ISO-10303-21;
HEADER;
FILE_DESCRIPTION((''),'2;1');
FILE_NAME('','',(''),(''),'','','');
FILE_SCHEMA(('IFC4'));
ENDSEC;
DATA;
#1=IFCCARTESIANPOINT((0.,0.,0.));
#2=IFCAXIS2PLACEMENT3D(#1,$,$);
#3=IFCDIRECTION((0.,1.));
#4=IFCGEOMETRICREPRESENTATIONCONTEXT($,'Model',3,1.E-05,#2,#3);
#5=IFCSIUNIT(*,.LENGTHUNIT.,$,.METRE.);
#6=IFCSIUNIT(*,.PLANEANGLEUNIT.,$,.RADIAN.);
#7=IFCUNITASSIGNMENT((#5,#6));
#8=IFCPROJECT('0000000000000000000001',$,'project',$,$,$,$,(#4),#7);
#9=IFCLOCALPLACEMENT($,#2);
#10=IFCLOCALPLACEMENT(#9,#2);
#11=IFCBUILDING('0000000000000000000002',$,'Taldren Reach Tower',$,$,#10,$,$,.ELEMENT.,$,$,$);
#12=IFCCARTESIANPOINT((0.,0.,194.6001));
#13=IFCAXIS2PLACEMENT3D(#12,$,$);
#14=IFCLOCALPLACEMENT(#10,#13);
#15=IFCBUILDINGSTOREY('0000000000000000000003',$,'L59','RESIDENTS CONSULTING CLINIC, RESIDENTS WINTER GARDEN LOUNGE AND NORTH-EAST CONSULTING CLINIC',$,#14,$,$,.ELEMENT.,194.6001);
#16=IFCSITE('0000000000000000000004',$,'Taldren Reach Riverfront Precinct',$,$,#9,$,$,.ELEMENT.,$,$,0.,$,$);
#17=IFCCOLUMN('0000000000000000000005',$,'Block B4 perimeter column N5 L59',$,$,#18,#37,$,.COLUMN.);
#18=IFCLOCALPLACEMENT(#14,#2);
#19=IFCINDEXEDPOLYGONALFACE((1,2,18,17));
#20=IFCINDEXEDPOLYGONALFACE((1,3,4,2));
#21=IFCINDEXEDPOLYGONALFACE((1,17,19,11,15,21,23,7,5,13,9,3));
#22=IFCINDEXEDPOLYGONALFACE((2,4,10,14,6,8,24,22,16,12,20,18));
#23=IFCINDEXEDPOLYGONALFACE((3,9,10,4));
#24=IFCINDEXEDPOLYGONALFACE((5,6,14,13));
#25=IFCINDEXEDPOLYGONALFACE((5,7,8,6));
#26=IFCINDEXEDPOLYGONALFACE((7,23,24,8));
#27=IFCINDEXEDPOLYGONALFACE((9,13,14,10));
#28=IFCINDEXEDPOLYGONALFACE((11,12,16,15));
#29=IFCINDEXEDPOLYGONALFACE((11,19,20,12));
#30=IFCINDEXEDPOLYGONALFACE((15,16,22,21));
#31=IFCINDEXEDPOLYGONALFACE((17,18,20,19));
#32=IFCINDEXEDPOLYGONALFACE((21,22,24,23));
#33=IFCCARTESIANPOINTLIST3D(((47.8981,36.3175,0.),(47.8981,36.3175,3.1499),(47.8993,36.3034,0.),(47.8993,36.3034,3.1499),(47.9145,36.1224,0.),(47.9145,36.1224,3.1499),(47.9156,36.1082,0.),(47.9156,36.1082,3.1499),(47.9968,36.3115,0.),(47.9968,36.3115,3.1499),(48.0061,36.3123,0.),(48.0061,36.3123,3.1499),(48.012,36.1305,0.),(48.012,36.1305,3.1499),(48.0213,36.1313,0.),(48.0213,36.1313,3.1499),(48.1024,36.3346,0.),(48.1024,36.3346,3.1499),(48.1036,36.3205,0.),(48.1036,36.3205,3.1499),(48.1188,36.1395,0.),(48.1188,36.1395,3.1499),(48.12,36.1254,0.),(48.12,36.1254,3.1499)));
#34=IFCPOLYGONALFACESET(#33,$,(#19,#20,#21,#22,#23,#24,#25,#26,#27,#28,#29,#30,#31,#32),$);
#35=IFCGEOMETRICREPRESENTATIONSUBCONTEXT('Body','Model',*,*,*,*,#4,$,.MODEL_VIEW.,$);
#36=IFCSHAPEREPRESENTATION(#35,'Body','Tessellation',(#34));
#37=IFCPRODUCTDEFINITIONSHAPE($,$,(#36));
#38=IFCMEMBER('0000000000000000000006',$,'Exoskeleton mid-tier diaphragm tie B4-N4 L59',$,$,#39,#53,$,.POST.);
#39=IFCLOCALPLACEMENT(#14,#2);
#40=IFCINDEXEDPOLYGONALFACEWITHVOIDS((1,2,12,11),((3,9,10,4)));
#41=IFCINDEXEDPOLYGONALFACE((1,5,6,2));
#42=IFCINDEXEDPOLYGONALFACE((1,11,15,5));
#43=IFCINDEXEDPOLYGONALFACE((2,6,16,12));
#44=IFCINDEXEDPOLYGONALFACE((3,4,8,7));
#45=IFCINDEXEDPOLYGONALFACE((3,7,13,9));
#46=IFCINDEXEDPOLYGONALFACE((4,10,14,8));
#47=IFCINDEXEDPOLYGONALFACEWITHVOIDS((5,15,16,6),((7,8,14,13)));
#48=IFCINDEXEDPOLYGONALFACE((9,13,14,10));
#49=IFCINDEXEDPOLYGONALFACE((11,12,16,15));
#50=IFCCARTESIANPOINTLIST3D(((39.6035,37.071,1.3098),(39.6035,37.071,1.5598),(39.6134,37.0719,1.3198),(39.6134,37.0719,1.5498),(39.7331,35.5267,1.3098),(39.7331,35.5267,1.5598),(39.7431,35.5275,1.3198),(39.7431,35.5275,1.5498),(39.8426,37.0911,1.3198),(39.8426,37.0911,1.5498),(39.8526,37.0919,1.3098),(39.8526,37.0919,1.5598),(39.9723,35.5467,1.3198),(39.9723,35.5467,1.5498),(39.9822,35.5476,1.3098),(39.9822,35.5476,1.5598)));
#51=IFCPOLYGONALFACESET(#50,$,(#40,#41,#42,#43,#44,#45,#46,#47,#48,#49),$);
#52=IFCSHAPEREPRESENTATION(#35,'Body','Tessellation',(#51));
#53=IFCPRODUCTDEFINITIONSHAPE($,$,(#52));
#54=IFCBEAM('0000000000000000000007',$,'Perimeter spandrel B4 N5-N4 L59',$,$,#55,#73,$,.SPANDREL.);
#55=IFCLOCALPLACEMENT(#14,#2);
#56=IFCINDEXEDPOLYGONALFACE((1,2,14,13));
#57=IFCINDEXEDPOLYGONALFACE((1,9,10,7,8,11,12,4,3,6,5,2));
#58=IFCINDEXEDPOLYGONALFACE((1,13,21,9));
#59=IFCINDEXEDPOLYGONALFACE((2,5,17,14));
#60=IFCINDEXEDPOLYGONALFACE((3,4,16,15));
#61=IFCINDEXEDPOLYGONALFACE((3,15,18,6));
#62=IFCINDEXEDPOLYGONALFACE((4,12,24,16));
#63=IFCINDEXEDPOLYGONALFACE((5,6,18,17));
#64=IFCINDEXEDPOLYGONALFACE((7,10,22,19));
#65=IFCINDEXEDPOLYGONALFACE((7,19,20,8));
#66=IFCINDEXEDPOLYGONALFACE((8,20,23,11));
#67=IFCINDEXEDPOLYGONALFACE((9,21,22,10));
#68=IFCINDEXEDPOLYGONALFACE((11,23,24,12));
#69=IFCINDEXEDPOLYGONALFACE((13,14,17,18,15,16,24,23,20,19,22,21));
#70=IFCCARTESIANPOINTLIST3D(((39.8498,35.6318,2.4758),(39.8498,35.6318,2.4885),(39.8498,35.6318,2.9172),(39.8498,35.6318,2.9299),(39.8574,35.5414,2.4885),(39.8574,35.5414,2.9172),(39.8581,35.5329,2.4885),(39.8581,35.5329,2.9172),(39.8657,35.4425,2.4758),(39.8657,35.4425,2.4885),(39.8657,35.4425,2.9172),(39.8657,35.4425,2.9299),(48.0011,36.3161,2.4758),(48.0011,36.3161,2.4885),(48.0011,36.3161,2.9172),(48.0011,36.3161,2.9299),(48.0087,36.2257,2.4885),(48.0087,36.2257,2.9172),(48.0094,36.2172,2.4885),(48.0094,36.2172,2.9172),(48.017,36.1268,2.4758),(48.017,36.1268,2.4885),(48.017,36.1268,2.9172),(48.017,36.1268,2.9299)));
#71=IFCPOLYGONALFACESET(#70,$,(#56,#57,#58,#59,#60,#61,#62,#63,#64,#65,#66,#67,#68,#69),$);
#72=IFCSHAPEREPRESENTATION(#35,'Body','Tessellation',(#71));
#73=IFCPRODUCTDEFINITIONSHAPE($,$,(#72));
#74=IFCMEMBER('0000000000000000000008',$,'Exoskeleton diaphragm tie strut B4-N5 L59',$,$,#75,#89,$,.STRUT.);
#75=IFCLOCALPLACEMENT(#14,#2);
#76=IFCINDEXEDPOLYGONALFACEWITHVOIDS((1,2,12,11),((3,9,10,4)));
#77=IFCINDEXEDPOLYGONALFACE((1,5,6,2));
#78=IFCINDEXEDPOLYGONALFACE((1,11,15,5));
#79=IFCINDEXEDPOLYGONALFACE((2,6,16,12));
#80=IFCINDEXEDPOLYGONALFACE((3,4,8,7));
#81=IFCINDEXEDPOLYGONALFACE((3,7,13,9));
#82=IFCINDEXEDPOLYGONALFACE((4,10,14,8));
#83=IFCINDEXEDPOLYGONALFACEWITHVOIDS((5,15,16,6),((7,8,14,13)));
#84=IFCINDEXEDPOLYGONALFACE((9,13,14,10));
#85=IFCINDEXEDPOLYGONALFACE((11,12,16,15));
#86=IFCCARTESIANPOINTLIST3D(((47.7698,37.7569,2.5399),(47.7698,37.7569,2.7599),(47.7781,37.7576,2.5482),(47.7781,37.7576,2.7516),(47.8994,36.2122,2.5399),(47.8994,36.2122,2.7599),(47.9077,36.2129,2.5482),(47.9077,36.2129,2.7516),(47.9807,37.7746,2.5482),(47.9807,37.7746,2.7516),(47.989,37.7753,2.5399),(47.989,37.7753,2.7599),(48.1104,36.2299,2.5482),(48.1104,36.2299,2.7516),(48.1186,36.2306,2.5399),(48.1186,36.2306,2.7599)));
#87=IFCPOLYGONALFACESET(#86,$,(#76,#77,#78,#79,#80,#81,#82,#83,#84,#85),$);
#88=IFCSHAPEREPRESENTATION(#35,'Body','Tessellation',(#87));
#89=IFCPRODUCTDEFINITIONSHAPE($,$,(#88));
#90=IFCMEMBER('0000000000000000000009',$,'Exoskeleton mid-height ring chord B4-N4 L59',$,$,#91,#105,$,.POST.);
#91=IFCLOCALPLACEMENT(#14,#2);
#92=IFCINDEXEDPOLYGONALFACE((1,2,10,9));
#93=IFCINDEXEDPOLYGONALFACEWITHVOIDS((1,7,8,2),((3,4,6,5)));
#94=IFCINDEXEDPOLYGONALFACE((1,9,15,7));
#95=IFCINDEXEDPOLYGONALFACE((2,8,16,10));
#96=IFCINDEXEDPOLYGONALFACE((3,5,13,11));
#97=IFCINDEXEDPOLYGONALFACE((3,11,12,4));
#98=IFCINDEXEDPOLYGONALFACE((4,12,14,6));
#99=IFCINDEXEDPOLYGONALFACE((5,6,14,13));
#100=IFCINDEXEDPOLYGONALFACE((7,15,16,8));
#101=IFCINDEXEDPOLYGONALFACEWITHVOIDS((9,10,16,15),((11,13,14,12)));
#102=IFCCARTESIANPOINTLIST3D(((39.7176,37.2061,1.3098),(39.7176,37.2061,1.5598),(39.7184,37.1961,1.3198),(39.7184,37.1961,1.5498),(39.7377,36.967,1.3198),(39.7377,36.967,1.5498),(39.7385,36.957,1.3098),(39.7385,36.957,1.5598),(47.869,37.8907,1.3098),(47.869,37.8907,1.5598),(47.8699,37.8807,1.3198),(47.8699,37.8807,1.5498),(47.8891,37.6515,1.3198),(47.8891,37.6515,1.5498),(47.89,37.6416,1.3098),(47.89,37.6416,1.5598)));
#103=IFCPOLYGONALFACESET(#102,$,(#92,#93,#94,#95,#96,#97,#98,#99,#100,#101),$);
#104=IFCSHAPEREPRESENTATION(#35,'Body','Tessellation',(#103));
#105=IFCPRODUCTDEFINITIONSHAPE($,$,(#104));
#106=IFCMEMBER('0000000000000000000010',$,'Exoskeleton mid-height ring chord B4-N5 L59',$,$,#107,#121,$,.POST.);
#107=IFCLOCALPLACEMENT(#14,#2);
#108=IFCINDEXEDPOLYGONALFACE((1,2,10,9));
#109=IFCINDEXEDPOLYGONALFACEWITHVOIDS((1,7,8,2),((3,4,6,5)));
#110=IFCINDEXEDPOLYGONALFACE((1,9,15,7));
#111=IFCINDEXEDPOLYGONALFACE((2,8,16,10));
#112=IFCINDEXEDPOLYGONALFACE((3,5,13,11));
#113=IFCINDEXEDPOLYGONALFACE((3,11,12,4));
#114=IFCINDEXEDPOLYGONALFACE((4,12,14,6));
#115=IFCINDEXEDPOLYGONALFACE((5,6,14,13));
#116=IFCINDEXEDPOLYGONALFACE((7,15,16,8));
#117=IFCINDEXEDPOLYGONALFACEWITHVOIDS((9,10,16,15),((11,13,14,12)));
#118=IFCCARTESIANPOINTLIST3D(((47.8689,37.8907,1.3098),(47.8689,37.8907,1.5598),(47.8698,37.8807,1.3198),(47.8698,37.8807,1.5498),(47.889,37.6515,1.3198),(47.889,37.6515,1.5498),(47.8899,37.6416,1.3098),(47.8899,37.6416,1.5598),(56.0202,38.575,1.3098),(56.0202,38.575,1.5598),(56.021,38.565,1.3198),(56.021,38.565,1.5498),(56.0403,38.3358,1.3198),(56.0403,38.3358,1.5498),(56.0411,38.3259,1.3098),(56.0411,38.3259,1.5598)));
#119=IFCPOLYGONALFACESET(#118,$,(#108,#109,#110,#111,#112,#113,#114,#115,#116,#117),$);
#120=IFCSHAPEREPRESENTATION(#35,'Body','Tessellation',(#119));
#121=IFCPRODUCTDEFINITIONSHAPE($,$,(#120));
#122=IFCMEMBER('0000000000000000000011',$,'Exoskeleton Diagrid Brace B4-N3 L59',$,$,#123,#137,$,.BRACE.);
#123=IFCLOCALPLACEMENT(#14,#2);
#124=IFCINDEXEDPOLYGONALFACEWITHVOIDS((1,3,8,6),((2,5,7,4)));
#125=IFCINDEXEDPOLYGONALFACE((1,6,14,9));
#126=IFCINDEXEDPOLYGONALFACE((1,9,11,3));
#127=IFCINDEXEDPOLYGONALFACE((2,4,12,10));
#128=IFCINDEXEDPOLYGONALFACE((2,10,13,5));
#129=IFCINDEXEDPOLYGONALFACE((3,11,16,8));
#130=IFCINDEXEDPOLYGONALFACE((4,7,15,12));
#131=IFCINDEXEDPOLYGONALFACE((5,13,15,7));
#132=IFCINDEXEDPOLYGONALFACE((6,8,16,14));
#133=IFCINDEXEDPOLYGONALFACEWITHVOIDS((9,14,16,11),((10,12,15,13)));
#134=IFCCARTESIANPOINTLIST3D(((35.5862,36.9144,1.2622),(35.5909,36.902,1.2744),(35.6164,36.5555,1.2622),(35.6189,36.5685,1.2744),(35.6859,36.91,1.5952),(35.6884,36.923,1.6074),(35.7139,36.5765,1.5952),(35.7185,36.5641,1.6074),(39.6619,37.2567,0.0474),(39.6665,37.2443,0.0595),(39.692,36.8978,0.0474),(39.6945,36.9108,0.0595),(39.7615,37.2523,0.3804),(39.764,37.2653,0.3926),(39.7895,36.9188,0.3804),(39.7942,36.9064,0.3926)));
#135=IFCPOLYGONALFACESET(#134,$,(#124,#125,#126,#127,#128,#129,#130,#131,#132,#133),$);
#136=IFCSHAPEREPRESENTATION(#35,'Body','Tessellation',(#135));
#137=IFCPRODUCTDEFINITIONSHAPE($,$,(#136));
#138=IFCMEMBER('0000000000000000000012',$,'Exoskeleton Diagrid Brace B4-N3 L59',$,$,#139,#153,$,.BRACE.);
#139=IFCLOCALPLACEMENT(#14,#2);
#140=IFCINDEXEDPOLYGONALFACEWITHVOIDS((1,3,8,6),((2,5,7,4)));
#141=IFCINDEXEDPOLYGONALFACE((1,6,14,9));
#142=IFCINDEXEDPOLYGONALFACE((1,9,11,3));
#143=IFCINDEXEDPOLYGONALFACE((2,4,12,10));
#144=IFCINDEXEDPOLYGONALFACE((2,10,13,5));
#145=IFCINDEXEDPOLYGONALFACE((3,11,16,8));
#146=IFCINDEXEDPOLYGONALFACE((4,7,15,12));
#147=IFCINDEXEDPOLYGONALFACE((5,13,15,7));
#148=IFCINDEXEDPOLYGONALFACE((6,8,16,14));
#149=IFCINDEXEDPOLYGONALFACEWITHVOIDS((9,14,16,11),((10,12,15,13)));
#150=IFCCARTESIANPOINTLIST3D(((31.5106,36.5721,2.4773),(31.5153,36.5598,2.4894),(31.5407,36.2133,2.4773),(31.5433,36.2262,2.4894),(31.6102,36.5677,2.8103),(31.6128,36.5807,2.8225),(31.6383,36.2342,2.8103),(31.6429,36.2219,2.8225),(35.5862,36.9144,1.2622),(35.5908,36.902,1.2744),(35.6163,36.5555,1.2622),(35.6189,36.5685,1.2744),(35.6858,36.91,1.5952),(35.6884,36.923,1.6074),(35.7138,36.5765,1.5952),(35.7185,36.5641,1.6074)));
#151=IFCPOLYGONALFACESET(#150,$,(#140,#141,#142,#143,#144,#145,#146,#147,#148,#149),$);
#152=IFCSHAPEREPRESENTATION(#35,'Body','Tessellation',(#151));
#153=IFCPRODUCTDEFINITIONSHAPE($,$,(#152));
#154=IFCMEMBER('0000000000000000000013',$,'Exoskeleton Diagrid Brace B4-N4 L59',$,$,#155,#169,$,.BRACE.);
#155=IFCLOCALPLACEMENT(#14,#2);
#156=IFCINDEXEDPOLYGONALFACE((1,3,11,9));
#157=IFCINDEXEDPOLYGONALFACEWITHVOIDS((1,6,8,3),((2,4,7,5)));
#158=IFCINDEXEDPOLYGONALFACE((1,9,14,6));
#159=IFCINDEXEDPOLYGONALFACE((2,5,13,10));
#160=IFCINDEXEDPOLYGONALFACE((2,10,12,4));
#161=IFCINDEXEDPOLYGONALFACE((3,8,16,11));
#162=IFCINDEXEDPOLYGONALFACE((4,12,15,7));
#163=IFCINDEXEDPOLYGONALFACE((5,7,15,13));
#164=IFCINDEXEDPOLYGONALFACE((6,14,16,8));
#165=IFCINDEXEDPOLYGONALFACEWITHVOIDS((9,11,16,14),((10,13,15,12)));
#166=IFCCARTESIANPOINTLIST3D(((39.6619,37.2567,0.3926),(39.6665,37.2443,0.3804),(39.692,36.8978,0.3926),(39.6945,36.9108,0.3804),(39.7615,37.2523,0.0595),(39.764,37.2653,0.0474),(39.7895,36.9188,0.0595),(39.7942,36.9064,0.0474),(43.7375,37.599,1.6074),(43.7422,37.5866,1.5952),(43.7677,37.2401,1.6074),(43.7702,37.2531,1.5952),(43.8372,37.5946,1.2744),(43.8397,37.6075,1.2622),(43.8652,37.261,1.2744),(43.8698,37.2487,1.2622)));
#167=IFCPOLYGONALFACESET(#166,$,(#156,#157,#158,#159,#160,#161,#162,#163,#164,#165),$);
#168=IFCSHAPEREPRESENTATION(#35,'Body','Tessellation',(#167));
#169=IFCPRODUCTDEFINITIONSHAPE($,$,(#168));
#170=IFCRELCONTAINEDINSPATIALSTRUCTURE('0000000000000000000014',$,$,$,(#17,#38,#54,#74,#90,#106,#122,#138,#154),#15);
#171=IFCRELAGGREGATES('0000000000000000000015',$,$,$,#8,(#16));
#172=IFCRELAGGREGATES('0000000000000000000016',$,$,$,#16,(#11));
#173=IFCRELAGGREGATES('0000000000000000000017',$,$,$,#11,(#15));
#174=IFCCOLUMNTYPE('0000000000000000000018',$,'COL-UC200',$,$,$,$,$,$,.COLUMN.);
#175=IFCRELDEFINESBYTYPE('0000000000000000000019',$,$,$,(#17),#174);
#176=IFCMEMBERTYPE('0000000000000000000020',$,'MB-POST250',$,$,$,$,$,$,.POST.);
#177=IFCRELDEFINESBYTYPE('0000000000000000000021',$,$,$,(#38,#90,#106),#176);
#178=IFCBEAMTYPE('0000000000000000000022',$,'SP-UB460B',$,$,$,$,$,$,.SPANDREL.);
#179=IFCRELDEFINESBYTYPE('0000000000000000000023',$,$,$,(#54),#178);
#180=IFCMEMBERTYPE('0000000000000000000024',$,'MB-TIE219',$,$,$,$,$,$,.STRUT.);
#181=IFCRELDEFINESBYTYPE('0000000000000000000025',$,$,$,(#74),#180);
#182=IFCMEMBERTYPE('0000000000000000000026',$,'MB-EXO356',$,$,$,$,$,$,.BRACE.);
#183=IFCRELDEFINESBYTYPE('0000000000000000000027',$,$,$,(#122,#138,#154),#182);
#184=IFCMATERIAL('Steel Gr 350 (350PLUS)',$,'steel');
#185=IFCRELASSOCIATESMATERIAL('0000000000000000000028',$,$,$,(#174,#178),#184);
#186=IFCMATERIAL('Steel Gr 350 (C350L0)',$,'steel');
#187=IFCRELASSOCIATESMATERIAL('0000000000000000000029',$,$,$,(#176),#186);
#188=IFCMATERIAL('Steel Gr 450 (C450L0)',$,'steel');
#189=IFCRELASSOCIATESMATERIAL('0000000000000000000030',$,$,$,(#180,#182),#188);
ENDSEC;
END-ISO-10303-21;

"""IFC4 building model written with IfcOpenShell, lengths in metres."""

from ifc_helpers import new_model, si_unit, direction, frame, origin, origin_2d, place, context, subcontext, project, spatial, hollow_rectangle, i_section, extrude, source, transform, mapped, material, material_profile, profile_set, type_object, element, save


model = new_model("IFC4")

# Units and contexts
model_context = context("Model", 3, precision=1e-05, world=origin(), true_north=direction((0.0, 1.0)))
body_context = subcontext(model_context, "Body", "Model", "MODEL_VIEW")
ifc_project = project(units=[si_unit("LENGTHUNIT", "METRE"), si_unit("PLANEANGLEUNIT", "RADIAN")], contexts=[model_context])

# Site, building, storey
site_placement = place(None, origin())
site = spatial("IfcSite", under=ifc_project, at=site_placement, Name="Taldren Reach Riverfront Precinct", CompositionType="ELEMENT", RefElevation=0.0)
building_placement = place(site_placement, origin())
building = spatial("IfcBuilding", under=site, at=building_placement, Name="Taldren Reach Tower", CompositionType="ELEMENT")
storey_placement = place(building_placement, frame((0.0, 0.0, 194.6001)))
storey = spatial("IfcBuildingStorey", under=building, at=storey_placement, Name="L59", Description="RESIDENTS CONSULTING CLINIC, RESIDENTS WINTER GARDEN LOUNGE AND NORTH-EAST CONSULTING CLINIC", CompositionType="ELEMENT", Elevation=194.6001)

# Column
ifc_material_1 = material(Name="Steel Gr 350 (350PLUS)", Category="steel")
ifc_material_profile_1 = material_profile(ifc_material_1, i_section(OverallWidth=0.2051, OverallDepth=0.21, WebThickness=0.0093, FlangeThickness=0.0142, at=origin_2d()), Name="200UC59.5")
ifc_profile_set_1 = profile_set([ifc_material_profile_1], Name="Steel Gr 350 (350PLUS)")
column_type = type_object("IfcColumnType", Name="COL-UC200", PredefinedType="COLUMN", material=ifc_profile_set_1)
shared_shape_1 = source(origin(), body_context, "Body", "SweptSolid", [
    extrude(i_section(OverallWidth=0.2051, OverallDepth=0.21, WebThickness=0.0093, FlangeThickness=0.0142, at=origin_2d()), origin(), (0.0, 0.0, 1.0), 3.1499),
])
column_placement = place(storey_placement, frame((48.009, 36.2214, 0.0), z_axis=(0.0, 0.0, 1.0), x_axis=(0.996493, 0.083678, 0.0)))
element("IfcColumn", 1, at=column_placement, inside=storey, type_object=column_type, Name="Block B4 perimeter column N5 L59", PredefinedType="COLUMN", context=body_context, shape_type="MappedRepresentation", body=[
    mapped(shared_shape_1, transform((0.0, 0.0, 0.0), scale=1.0)),
])

# Member
ifc_material_2 = material(Name="Steel Gr 350 (C350L0)", Category="steel")
ifc_material_profile_2 = material_profile(ifc_material_2, hollow_rectangle(XDim=0.25, YDim=0.25, WallThickness=0.01, at=origin_2d()), Name="250x250x10.0SHS")
ifc_profile_set_2 = profile_set([ifc_material_profile_2], Name="Steel Gr 350 (C350L0)")
member_type_1 = type_object("IfcMemberType", Name="MB-POST250", PredefinedType="POST", material=ifc_profile_set_2)
shared_shape_2 = source(origin(), body_context, "Body", "SweptSolid", [
    extrude(hollow_rectangle(XDim=0.25, YDim=0.25, WallThickness=0.01, at=origin_2d()), origin(), (0.0, 0.0, 1.0), 1.5498),
])
member_1_placement = place(storey_placement, frame((39.8577, 35.5371, 1.4348), z_axis=(-0.083645, 0.996496, 0.0), x_axis=(-0.996496, -0.083645, 0.0)))
element("IfcMember", 2, at=member_1_placement, inside=storey, type_object=member_type_1, Name="Exoskeleton mid-tier diaphragm tie B4-N4 L59", PredefinedType="POST", context=body_context, shape_type="MappedRepresentation", body=[
    mapped(shared_shape_2, transform((0.0, 0.0, 0.0), scale=1.0)),
])

# Beam
ifc_material_profile_3 = material_profile(ifc_material_1, i_section(OverallWidth=0.1899, OverallDepth=0.4541, WebThickness=0.0085, FlangeThickness=0.0127, at=origin_2d()), Name="460UB67.1")
ifc_profile_set_3 = profile_set([ifc_material_profile_3], Name="Steel Gr 350 (350PLUS)")
beam_type = type_object("IfcBeamType", Name="SP-UB460B", PredefinedType="SPANDREL", material=ifc_profile_set_3)
shared_shape_3 = source(origin(), body_context, "Body", "SweptSolid", [
    extrude(i_section(OverallWidth=0.1899, OverallDepth=0.4541, WebThickness=0.0085, FlangeThickness=0.0127, at=origin_2d()), origin(), (0.0, 0.0, 1.0), 8.1799),
])
beam_placement = place(storey_placement, frame((48.009, 36.2214, 2.7029), z_axis=(-0.996495, -0.083658, 0.0), x_axis=(0.083658, -0.996495, 0.0)))
element("IfcBeam", 3, at=beam_placement, inside=storey, type_object=beam_type, Name="Perimeter spandrel B4 N5-N4 L59", PredefinedType="SPANDREL", context=body_context, shape_type="MappedRepresentation", body=[
    mapped(shared_shape_3, transform((0.0, 0.0, 0.0), scale=1.0)),
])

# Members
ifc_material_3 = material(Name="Steel Gr 450 (C450L0)", Category="steel")
ifc_material_profile_4 = material_profile(ifc_material_3, hollow_rectangle(XDim=0.22, YDim=0.22, WallThickness=0.0083, at=origin_2d()), Name="220x220x8.2SHS")
ifc_profile_set_4 = profile_set([ifc_material_profile_4], Name="Steel Gr 450 (C450L0)")
member_type_2 = type_object("IfcMemberType", Name="MB-TIE219", PredefinedType="STRUT", material=ifc_profile_set_4)
shared_shape_4 = source(origin(), body_context, "Body", "SweptSolid", [
    extrude(hollow_rectangle(XDim=0.22, YDim=0.22, WallThickness=0.0083, at=origin_2d()), origin(), (0.0, 0.0, 1.0), 1.55),
])
member_2_placement = place(storey_placement, frame((48.009, 36.2214, 2.6499), z_axis=(-0.083632, 0.996497, 0.0), x_axis=(-0.996497, -0.083632, 0.0)))
element("IfcMember", 4, at=member_2_placement, inside=storey, type_object=member_type_2, Name="Exoskeleton diaphragm tie strut B4-N5 L59", PredefinedType="STRUT", context=body_context, shape_type="MappedRepresentation", body=[
    mapped(shared_shape_4, transform((0.0, 0.0, 0.0), scale=1.0)),
])
shared_shape_5 = source(origin(), body_context, "Body", "SweptSolid", [
    extrude(hollow_rectangle(XDim=0.25, YDim=0.25, WallThickness=0.01, at=origin_2d()), origin(), (0.0, 0.0, 1.0), 8.1802),
])
member_3_placement = place(storey_placement, frame((39.728, 37.0815, 1.4348), z_axis=(0.996492, 0.083688, 0.0), x_axis=(-0.083688, 0.996492, 0.0)))
element("IfcMember", 5, at=member_3_placement, inside=storey, type_object=member_type_1, Name="Exoskeleton mid-height ring chord B4-N4 L59", PredefinedType="POST", context=body_context, shape_type="MappedRepresentation", body=[
    mapped(shared_shape_5, transform((0.0, 0.0, 0.0), scale=1.0)),
])
shared_shape_6 = source(origin(), body_context, "Body", "SweptSolid", [
    extrude(hollow_rectangle(XDim=0.25, YDim=0.25, WallThickness=0.01, at=origin_2d()), origin(), (0.0, 0.0, 1.0), 8.1799),
])
member_4_placement = place(storey_placement, frame((47.8794, 37.7661, 1.4348), z_axis=(0.996495, 0.083658, 0.0), x_axis=(-0.083658, 0.996495, 0.0)))
element("IfcMember", 6, at=member_4_placement, inside=storey, type_object=member_type_1, Name="Exoskeleton mid-height ring chord B4-N5 L59", PredefinedType="POST", context=body_context, shape_type="MappedRepresentation", body=[
    mapped(shared_shape_6, transform((0.0, 0.0, 0.0), scale=1.0)),
])
ifc_material_profile_5 = material_profile(ifc_material_3, hollow_rectangle(XDim=0.3601, YDim=0.3601, WallThickness=0.0127, at=origin_2d()), Name="360x360x12.7SHS")
ifc_profile_set_5 = profile_set([ifc_material_profile_5], Name="Steel Gr 450 (C450L0)")
member_type_3 = type_object("IfcMemberType", Name="MB-EXO356", PredefinedType="BRACE", material=ifc_profile_set_5)
shared_shape_7 = source(origin(), body_context, "Body", "SweptSolid", [
    extrude(hollow_rectangle(XDim=0.3601, YDim=0.3601, WallThickness=0.0127, at=origin_2d()), origin(), (0.0, 0.0, 1.0), 4.2666),
])
for number, where, z_axis, x_axis, name in (
    (7, (39.728, 37.0815, 0.22), (-0.955245, -0.080224, 0.284731), (0.083688, -0.996492, 0.0), "Exoskeleton Diagrid Brace B4-N3 L59"),
    (8, (35.6523, 36.7393, 1.4348), (-0.955229, -0.080222, 0.284783), (0.083688, -0.996492, 0.0), "Exoskeleton Diagrid Brace B4-N3 L59"),
    (9, (39.728, 37.0815, 0.22), (0.955245, 0.080224, 0.284731), (-0.083688, 0.996492, 0.0), "Exoskeleton Diagrid Brace B4-N4 L59"),
):
    element("IfcMember", number, at=place(storey_placement, frame(where, z_axis=z_axis, x_axis=x_axis)), inside=storey, type_object=member_type_3, Name=name, PredefinedType="BRACE", context=body_context, shape_type="MappedRepresentation", body=[
        mapped(shared_shape_7, transform((0.0, 0.0, 0.0), scale=1.0)),
    ])

save(model, "model.ifc")
